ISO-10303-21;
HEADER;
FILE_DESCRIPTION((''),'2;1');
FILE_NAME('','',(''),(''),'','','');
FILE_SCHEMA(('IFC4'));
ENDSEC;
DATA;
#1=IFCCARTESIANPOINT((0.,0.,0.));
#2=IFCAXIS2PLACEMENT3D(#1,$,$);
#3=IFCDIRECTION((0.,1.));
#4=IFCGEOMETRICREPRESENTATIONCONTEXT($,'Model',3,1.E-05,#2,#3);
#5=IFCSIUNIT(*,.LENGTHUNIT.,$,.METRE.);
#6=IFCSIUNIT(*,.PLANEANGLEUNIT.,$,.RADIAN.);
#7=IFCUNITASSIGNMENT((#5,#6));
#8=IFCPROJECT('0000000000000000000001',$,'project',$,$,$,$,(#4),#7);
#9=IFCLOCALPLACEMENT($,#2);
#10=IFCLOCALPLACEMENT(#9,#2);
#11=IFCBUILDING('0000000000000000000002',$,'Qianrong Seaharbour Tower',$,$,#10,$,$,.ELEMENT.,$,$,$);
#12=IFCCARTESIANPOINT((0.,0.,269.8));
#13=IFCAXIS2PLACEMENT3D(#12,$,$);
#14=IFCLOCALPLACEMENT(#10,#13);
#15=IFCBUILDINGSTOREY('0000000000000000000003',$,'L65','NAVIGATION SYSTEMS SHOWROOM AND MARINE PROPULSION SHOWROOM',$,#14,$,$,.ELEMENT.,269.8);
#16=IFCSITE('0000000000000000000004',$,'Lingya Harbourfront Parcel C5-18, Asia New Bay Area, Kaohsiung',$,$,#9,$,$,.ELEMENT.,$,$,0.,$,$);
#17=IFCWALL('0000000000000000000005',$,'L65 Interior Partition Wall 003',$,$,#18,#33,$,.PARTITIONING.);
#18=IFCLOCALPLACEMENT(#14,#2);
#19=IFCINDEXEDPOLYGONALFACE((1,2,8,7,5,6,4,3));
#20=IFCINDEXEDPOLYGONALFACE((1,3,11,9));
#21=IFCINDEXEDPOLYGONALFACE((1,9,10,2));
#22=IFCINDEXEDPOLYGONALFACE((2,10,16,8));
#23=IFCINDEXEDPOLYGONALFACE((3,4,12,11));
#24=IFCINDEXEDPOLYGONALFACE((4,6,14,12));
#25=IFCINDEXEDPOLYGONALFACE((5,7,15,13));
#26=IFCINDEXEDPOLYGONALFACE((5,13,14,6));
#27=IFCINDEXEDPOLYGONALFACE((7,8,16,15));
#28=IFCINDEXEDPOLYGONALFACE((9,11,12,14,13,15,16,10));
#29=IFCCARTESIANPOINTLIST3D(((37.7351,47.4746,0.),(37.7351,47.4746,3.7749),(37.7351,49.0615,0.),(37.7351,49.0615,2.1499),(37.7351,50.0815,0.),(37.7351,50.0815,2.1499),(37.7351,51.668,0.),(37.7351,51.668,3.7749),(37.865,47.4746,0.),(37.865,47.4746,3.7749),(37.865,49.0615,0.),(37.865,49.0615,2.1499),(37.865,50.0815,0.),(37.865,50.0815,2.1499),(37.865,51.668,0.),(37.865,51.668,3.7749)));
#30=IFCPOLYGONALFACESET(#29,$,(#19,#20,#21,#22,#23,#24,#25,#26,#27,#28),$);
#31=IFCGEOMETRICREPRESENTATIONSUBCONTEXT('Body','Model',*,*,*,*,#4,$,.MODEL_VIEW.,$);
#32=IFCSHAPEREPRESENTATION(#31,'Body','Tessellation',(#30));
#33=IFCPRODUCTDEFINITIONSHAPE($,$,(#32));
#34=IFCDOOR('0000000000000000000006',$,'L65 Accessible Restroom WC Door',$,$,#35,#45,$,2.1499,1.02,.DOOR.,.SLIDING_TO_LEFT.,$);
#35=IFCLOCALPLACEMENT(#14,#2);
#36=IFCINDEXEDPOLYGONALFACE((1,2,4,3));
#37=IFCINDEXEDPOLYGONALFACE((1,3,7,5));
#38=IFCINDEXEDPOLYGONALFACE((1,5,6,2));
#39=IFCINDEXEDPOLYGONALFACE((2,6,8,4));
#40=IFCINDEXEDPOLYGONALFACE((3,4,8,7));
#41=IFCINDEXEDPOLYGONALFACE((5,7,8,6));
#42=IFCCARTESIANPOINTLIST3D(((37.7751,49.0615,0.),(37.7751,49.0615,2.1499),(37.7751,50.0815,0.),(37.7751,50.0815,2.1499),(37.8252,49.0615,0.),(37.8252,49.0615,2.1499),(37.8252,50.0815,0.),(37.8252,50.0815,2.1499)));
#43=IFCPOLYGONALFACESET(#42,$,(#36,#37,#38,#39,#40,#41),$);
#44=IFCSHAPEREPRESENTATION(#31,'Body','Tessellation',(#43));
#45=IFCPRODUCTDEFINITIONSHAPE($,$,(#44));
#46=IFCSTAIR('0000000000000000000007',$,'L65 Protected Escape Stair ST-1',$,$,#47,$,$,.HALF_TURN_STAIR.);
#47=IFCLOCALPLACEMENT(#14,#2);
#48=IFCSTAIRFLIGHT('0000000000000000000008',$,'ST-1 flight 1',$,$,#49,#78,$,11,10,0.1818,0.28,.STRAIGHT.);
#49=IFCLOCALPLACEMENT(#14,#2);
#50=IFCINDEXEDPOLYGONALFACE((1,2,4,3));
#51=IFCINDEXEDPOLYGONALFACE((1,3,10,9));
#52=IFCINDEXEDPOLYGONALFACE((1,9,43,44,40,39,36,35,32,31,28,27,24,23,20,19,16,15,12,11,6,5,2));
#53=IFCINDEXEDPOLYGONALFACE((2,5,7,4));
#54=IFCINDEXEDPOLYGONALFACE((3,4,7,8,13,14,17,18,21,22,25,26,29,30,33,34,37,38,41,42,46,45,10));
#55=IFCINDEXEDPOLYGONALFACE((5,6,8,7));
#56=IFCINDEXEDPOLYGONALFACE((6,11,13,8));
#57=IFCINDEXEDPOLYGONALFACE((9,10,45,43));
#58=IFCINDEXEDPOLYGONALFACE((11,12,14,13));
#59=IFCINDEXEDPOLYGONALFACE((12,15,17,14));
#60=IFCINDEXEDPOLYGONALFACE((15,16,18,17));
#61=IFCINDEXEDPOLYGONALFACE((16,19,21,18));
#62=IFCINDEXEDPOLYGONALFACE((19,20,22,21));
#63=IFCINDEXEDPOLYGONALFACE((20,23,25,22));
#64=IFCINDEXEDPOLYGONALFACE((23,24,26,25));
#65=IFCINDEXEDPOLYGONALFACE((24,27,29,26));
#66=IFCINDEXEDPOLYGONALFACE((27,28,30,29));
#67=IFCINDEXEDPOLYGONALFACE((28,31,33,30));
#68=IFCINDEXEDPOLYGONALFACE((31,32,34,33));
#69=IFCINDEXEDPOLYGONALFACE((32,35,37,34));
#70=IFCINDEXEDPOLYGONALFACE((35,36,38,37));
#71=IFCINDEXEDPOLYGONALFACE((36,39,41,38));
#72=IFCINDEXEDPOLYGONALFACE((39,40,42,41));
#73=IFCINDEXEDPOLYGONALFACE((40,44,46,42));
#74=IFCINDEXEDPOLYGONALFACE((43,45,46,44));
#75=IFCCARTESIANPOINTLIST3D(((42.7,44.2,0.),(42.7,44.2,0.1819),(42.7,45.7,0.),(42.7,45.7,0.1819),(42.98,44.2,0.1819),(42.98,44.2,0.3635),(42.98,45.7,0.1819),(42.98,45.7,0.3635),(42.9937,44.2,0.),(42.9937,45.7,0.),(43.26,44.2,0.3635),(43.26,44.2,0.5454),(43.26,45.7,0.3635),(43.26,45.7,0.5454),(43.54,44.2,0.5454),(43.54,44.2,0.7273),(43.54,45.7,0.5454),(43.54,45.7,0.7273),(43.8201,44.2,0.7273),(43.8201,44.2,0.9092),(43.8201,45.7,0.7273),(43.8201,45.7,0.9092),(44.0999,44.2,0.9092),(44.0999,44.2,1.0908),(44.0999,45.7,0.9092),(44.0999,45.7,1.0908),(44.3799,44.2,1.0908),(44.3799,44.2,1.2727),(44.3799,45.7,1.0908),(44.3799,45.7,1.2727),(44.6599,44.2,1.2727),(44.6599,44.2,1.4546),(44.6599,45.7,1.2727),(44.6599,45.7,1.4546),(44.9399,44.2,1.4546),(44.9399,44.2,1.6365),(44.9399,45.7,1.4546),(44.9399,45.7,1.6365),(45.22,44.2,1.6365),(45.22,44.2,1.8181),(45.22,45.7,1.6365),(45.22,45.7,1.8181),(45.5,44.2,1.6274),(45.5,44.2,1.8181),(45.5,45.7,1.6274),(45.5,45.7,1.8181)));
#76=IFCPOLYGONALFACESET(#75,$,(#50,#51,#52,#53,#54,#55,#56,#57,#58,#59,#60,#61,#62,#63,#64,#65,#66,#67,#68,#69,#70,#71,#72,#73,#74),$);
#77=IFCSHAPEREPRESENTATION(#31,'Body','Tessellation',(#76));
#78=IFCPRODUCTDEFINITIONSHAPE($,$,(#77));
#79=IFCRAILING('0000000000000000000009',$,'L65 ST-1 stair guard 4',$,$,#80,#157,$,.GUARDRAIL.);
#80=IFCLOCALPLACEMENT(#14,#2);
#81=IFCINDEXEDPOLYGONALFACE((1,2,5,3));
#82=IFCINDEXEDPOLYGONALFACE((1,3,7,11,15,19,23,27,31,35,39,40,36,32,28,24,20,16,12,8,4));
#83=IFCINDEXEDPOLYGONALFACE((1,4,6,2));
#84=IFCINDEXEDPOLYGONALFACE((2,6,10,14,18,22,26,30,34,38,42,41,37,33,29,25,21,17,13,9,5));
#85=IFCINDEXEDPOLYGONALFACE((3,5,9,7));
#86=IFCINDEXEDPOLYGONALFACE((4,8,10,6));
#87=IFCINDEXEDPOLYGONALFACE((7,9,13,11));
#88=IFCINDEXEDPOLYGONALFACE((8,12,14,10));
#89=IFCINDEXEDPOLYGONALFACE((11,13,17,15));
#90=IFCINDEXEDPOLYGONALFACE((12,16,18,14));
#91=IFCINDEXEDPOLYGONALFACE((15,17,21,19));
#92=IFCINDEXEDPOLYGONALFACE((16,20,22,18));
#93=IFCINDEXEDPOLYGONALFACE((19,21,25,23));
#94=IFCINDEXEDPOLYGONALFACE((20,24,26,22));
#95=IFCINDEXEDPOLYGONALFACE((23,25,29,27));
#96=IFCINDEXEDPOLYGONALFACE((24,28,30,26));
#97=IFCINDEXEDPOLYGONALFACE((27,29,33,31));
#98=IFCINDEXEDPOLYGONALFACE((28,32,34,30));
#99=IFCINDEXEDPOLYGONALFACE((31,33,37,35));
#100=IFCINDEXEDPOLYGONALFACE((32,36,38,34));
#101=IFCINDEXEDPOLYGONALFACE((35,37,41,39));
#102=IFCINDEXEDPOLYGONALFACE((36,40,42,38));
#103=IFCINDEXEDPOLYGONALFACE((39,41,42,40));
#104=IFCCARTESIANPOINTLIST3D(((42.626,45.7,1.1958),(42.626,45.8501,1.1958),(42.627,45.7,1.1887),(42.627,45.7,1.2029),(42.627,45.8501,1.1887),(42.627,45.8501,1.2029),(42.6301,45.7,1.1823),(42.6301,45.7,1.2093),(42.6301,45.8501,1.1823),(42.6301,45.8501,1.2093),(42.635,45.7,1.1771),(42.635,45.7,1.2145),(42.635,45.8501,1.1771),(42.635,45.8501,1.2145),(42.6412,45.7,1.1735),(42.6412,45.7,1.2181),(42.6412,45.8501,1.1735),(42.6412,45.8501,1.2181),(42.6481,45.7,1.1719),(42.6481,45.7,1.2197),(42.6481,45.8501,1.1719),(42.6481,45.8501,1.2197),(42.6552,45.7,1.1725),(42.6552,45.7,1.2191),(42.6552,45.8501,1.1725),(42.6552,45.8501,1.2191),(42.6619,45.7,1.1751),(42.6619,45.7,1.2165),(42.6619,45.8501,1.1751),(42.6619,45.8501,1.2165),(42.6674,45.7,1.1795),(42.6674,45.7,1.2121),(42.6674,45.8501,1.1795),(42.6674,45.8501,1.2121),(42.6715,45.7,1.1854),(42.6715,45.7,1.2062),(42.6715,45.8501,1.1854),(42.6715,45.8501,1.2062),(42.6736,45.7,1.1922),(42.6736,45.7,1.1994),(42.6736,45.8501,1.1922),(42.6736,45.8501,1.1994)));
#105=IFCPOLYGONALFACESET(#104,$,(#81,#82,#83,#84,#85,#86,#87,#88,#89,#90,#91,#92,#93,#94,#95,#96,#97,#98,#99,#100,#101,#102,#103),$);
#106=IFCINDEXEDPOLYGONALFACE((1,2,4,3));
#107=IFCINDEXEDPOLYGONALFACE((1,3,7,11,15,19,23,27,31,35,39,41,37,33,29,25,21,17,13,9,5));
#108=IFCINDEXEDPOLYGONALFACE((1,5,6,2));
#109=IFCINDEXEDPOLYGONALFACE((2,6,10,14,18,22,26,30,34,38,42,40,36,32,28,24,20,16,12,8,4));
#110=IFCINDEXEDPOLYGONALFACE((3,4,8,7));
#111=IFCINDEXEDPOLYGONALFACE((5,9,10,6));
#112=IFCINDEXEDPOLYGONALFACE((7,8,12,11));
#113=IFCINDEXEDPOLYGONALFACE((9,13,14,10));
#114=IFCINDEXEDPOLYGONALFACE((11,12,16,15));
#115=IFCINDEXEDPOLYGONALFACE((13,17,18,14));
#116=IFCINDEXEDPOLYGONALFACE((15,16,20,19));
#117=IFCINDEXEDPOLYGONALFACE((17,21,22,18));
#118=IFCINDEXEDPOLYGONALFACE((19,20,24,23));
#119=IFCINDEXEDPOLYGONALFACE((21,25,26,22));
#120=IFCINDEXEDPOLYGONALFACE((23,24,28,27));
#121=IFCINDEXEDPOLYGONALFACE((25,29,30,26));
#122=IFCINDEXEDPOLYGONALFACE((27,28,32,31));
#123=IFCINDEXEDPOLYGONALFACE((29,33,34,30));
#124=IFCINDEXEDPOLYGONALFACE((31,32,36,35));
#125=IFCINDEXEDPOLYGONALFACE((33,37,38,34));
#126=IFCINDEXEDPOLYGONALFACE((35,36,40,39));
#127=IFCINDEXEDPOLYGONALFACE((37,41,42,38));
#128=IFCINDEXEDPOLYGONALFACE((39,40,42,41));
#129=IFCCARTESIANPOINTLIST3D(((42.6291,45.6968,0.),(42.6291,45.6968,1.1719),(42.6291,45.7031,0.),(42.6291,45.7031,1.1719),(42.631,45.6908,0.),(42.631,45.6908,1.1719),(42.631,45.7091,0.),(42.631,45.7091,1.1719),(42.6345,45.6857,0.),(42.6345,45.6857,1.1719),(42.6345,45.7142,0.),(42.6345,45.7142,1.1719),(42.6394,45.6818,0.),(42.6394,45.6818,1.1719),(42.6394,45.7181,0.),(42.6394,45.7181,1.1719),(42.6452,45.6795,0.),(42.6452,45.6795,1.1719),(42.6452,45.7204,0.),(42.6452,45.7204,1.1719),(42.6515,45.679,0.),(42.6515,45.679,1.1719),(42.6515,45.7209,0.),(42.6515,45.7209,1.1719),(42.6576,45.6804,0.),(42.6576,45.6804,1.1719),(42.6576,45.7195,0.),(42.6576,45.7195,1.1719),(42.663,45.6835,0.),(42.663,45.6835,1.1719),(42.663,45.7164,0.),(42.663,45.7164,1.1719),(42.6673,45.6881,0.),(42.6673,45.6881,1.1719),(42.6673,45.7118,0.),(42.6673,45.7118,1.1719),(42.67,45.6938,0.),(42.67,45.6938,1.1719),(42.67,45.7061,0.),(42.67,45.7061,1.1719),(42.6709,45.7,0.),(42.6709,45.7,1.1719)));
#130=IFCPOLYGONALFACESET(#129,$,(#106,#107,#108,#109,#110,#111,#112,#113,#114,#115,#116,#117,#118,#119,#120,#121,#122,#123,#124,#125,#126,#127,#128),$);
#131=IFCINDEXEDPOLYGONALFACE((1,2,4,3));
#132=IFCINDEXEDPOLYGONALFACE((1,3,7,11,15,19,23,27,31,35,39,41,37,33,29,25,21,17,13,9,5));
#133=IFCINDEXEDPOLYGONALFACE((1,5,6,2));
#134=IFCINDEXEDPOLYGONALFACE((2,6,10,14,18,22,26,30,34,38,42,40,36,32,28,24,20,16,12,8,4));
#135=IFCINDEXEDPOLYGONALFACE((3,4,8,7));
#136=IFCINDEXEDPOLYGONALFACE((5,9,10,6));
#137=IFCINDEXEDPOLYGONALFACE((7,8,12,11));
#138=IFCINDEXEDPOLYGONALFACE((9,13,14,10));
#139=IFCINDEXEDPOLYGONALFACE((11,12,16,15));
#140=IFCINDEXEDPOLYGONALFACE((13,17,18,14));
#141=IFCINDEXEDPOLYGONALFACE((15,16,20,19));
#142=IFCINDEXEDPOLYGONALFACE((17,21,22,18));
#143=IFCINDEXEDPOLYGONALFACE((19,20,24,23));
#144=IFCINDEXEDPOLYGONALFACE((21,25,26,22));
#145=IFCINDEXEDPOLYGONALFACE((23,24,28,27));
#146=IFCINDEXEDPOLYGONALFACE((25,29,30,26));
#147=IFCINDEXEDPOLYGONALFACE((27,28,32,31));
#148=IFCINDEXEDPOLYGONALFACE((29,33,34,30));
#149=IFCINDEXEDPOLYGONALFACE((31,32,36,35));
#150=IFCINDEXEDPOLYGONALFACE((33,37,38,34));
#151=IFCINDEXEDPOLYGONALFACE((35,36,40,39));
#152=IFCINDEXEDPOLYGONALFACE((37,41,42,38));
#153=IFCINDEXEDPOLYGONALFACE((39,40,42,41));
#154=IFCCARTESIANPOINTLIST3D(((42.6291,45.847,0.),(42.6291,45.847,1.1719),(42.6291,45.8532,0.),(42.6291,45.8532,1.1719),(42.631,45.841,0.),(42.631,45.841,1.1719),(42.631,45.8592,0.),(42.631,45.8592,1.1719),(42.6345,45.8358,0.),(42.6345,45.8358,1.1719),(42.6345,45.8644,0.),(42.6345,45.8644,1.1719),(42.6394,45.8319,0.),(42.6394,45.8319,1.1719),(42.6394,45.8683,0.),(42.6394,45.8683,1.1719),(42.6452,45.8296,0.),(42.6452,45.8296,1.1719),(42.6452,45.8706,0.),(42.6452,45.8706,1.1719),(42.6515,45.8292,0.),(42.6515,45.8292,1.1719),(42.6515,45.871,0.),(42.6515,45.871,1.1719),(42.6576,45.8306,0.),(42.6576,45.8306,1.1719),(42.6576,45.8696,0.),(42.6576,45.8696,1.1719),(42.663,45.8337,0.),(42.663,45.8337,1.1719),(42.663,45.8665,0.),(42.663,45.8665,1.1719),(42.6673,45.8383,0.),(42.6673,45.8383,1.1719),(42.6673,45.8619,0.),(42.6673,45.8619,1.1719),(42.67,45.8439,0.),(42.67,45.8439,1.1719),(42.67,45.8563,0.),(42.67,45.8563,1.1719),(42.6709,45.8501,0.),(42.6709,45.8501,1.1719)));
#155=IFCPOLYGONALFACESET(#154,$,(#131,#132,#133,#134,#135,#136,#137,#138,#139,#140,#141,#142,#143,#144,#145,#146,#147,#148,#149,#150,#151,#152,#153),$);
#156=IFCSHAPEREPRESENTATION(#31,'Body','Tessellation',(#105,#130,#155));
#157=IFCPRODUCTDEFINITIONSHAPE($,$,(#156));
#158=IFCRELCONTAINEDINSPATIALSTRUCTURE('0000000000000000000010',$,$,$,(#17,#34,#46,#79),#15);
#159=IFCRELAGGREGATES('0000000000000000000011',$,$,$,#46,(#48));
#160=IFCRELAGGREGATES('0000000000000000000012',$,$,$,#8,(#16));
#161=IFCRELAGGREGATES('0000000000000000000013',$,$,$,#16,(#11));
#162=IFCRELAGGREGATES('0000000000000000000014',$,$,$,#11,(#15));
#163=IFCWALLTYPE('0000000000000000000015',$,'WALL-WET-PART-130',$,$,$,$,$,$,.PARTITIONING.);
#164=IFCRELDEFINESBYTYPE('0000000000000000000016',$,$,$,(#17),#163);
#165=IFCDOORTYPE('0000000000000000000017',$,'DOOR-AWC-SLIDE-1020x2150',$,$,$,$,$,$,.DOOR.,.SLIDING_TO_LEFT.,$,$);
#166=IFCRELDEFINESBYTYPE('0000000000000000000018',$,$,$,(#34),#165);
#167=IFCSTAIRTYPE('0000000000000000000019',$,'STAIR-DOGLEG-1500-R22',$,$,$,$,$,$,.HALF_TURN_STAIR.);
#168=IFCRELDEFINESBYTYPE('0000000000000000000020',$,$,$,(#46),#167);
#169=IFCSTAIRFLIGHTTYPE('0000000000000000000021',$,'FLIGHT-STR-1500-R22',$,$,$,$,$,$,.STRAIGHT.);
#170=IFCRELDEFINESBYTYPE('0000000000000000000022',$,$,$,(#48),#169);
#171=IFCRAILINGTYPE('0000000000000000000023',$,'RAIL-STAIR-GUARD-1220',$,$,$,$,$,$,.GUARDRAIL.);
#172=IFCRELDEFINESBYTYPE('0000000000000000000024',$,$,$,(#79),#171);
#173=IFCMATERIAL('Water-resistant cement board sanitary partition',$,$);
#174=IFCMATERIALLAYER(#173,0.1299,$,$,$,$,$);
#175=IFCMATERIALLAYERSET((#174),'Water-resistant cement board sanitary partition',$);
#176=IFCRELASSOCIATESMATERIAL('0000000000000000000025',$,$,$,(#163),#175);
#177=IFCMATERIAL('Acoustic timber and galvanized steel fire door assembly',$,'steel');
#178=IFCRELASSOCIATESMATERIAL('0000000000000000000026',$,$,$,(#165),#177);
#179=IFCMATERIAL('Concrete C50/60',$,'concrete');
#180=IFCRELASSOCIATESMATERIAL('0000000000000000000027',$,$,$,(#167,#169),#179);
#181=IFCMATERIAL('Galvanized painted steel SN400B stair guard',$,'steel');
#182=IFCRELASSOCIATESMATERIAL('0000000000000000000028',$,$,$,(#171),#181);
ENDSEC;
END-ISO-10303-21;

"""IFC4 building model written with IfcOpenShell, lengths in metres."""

from ifc_helpers import new_model, si_unit, direction, frame, frame_2d, origin, origin_2d, place, context, subcontext, project, spatial, polyline, rectangle, circle, outline, extrude, material, layer, layer_set, type_object, element, fill, aggregate, save


model = new_model("IFC4")

# Units and contexts
model_context = context("Model", 3, precision=1e-05, world=origin(), true_north=direction((0.0, 1.0)))
body_context = subcontext(model_context, "Body", "Model", "MODEL_VIEW")
ifc_project = project(units=[si_unit("LENGTHUNIT", "METRE"), si_unit("PLANEANGLEUNIT", "RADIAN")], contexts=[model_context])

# Site, building, storey
site_placement = place(None, origin())
site = spatial("IfcSite", under=ifc_project, at=site_placement, Name="Lingya Harbourfront Parcel C5-18, Asia New Bay Area, Kaohsiung", CompositionType="ELEMENT", RefElevation=0.0)
building_placement = place(site_placement, origin())
building = spatial("IfcBuilding", under=site, at=building_placement, Name="Qianrong Seaharbour Tower", CompositionType="ELEMENT")
storey_placement = place(building_placement, frame((0.0, 0.0, 269.8)))
storey = spatial("IfcBuildingStorey", under=building, at=storey_placement, Name="L65", Description="NAVIGATION SYSTEMS SHOWROOM AND MARINE PROPULSION SHOWROOM", CompositionType="ELEMENT", Elevation=269.8)

# Shared definitions
ifc_material_1 = material(Name="Acoustic timber and galvanized steel fire door assembly", Category="steel")

# Shared definitions
ifc_material_2 = material(Name="Concrete C50/60", Category="concrete")

# Wall, opening, door
ifc_material_3 = material(Name="Water-resistant cement board sanitary partition")
ifc_layer_1 = layer(ifc_material_3, 0.1299)
ifc_layer_set_1 = layer_set([ifc_layer_1], Name="Water-resistant cement board sanitary partition")
wall_type_1 = type_object("IfcWallType", Name="WALL-WET-PART-130", PredefinedType="PARTITIONING", material=ifc_layer_set_1)
wall_1_placement = place(storey_placement, frame((37.8, 47.4746, 0.0), z_axis=(0.0, 0.0, 1.0), x_axis=(0.0, 1.0, 0.0)))
wall_1 = element("IfcWall", 1, at=wall_1_placement, inside=storey, type_object=wall_type_1, Name="L65 Interior Partition Wall 003", PredefinedType="PARTITIONING", context=body_context, shape_type="SweptSolid", body=[
    extrude(rectangle(XDim=4.1934, YDim=0.1299, at=frame_2d((2.0967, 0.0))), origin(), (0.0, 0.0, 1.0), 3.7749),
])
opening_1_placement = place(wall_1_placement, frame((1.5869, 0.0, 0.0)))
opening_1 = element("IfcOpeningElement", 2, at=opening_1_placement, cuts=wall_1, PredefinedType="OPENING", context=body_context, shape_type="SweptSolid", body=[
    extrude(rectangle(XDim=1.02, YDim=2.1499, at=frame_2d((0.51, 1.075))), frame((0.0, 0.075, 0.0), z_axis=(0.0, -1.0, 0.0), x_axis=(1.0, 0.0, 0.0)), (0.0, 0.0, 1.0), 0.1499),
])
door_type_1 = type_object("IfcDoorType", Name="DOOR-AWC-SLIDE-1020x2150", OperationType="SLIDING_TO_LEFT", PredefinedType="DOOR", material=ifc_material_1)
door_1_placement = place(opening_1_placement, origin())
door_1 = element("IfcDoor", 3, at=door_1_placement, inside=storey, type_object=door_type_1, Name="L65 Accessible Restroom WC Door", OperationType="SLIDING_TO_LEFT", OverallHeight=2.1499, OverallWidth=1.02, PredefinedType="DOOR", context=body_context, shape_type="SweptSolid", body=[
    extrude(rectangle(XDim=1.02, YDim=2.1499, at=frame_2d((0.51, 1.075))), frame((0.0, 0.0249, 0.0), z_axis=(0.0, -1.0, 0.0), x_axis=(1.0, 0.0, 0.0)), (0.0, 0.0, 1.0), 0.05),
])
fill(opening_1, door_1)

# Stair, stair flight
stair_type = type_object("IfcStairType", Name="STAIR-DOGLEG-1500-R22", PredefinedType="HALF_TURN_STAIR", material=ifc_material_2)
stair_placement = place(storey_placement, origin())
stair = element("IfcStair", 4, at=stair_placement, inside=storey, type_object=stair_type, Name="L65 Protected Escape Stair ST-1", PredefinedType="HALF_TURN_STAIR")
stair_flight_type = type_object("IfcStairFlightType", Name="FLIGHT-STR-1500-R22", PredefinedType="STRAIGHT", material=ifc_material_2)
stair_flight_placement = place(storey_placement, frame((42.7, 44.95, 0.0), z_axis=(0.0, 0.0, 1.0), x_axis=(1.0, 0.0, 0.0)))
stair_flight = element("IfcStairFlight", 5, at=stair_flight_placement, type_object=stair_flight_type, Name="ST-1 flight 1", NumberOfRisers=11, NumberOfTreads=10, PredefinedType="STRAIGHT", RiserHeight=0.1818, TreadLength=0.28, context=body_context, shape_type="SweptSolid", body=[
    extrude(outline(polyline([(0.0, 0.0), (0.0, 0.1819), (0.28, 0.1819), (0.28, 0.3635), (0.5601, 0.3635), (0.5601, 0.5454), (0.8401, 0.5454), (0.8401, 0.7273), (1.1201, 0.7273), (1.1201, 0.9092), (1.3999, 0.9092), (1.3999, 1.0908), (1.6799, 1.0908), (1.6799, 1.2727), (1.96, 1.2727), (1.96, 1.4546), (2.24, 1.4546), (2.24, 1.6365), (2.52, 1.6365), (2.52, 1.8181), (2.8, 1.8181), (2.8, 2.0), (2.8, 1.6274), (0.2937, 0.0), (0.0, 0.0)])), frame((0.0, 0.75, 0.0), z_axis=(0.0, -1.0, 0.0), x_axis=(1.0, 0.0, 0.0)), (0.0, 0.0, 1.0), 1.5),
])
aggregate(stair, [stair_flight])

# Railing
ifc_material_4 = material(Name="Galvanized painted steel SN400B stair guard", Category="steel")
railing_type = type_object("IfcRailingType", Name="RAIL-STAIR-GUARD-1220", PredefinedType="GUARDRAIL", material=ifc_material_4)
railing_placement = place(storey_placement, frame((42.6499, 45.7, 0.0)))
element("IfcRailing", 6, at=railing_placement, inside=storey, type_object=railing_type, Name="L65 ST-1 stair guard 4", PredefinedType="GUARDRAIL", context=body_context, shape_type="SweptSolid", body=[
    extrude(circle(Radius=0.0239, at=origin_2d()), frame((0.0, 0.0, 1.1958), z_axis=(0.0, 1.0, 0.0), x_axis=(-1.0, 0.0, 0.0)), (0.0, 0.0, 1.0), 0.1501),
    extrude(circle(Radius=0.021, at=origin_2d()), origin(), (0.0, 0.0, 1.0), 1.1719),
    extrude(circle(Radius=0.021, at=origin_2d()), frame((0.0, 0.1501, 0.0)), (0.0, 0.0, 1.0), 1.1719),
])

save(model, "model.ifc")
